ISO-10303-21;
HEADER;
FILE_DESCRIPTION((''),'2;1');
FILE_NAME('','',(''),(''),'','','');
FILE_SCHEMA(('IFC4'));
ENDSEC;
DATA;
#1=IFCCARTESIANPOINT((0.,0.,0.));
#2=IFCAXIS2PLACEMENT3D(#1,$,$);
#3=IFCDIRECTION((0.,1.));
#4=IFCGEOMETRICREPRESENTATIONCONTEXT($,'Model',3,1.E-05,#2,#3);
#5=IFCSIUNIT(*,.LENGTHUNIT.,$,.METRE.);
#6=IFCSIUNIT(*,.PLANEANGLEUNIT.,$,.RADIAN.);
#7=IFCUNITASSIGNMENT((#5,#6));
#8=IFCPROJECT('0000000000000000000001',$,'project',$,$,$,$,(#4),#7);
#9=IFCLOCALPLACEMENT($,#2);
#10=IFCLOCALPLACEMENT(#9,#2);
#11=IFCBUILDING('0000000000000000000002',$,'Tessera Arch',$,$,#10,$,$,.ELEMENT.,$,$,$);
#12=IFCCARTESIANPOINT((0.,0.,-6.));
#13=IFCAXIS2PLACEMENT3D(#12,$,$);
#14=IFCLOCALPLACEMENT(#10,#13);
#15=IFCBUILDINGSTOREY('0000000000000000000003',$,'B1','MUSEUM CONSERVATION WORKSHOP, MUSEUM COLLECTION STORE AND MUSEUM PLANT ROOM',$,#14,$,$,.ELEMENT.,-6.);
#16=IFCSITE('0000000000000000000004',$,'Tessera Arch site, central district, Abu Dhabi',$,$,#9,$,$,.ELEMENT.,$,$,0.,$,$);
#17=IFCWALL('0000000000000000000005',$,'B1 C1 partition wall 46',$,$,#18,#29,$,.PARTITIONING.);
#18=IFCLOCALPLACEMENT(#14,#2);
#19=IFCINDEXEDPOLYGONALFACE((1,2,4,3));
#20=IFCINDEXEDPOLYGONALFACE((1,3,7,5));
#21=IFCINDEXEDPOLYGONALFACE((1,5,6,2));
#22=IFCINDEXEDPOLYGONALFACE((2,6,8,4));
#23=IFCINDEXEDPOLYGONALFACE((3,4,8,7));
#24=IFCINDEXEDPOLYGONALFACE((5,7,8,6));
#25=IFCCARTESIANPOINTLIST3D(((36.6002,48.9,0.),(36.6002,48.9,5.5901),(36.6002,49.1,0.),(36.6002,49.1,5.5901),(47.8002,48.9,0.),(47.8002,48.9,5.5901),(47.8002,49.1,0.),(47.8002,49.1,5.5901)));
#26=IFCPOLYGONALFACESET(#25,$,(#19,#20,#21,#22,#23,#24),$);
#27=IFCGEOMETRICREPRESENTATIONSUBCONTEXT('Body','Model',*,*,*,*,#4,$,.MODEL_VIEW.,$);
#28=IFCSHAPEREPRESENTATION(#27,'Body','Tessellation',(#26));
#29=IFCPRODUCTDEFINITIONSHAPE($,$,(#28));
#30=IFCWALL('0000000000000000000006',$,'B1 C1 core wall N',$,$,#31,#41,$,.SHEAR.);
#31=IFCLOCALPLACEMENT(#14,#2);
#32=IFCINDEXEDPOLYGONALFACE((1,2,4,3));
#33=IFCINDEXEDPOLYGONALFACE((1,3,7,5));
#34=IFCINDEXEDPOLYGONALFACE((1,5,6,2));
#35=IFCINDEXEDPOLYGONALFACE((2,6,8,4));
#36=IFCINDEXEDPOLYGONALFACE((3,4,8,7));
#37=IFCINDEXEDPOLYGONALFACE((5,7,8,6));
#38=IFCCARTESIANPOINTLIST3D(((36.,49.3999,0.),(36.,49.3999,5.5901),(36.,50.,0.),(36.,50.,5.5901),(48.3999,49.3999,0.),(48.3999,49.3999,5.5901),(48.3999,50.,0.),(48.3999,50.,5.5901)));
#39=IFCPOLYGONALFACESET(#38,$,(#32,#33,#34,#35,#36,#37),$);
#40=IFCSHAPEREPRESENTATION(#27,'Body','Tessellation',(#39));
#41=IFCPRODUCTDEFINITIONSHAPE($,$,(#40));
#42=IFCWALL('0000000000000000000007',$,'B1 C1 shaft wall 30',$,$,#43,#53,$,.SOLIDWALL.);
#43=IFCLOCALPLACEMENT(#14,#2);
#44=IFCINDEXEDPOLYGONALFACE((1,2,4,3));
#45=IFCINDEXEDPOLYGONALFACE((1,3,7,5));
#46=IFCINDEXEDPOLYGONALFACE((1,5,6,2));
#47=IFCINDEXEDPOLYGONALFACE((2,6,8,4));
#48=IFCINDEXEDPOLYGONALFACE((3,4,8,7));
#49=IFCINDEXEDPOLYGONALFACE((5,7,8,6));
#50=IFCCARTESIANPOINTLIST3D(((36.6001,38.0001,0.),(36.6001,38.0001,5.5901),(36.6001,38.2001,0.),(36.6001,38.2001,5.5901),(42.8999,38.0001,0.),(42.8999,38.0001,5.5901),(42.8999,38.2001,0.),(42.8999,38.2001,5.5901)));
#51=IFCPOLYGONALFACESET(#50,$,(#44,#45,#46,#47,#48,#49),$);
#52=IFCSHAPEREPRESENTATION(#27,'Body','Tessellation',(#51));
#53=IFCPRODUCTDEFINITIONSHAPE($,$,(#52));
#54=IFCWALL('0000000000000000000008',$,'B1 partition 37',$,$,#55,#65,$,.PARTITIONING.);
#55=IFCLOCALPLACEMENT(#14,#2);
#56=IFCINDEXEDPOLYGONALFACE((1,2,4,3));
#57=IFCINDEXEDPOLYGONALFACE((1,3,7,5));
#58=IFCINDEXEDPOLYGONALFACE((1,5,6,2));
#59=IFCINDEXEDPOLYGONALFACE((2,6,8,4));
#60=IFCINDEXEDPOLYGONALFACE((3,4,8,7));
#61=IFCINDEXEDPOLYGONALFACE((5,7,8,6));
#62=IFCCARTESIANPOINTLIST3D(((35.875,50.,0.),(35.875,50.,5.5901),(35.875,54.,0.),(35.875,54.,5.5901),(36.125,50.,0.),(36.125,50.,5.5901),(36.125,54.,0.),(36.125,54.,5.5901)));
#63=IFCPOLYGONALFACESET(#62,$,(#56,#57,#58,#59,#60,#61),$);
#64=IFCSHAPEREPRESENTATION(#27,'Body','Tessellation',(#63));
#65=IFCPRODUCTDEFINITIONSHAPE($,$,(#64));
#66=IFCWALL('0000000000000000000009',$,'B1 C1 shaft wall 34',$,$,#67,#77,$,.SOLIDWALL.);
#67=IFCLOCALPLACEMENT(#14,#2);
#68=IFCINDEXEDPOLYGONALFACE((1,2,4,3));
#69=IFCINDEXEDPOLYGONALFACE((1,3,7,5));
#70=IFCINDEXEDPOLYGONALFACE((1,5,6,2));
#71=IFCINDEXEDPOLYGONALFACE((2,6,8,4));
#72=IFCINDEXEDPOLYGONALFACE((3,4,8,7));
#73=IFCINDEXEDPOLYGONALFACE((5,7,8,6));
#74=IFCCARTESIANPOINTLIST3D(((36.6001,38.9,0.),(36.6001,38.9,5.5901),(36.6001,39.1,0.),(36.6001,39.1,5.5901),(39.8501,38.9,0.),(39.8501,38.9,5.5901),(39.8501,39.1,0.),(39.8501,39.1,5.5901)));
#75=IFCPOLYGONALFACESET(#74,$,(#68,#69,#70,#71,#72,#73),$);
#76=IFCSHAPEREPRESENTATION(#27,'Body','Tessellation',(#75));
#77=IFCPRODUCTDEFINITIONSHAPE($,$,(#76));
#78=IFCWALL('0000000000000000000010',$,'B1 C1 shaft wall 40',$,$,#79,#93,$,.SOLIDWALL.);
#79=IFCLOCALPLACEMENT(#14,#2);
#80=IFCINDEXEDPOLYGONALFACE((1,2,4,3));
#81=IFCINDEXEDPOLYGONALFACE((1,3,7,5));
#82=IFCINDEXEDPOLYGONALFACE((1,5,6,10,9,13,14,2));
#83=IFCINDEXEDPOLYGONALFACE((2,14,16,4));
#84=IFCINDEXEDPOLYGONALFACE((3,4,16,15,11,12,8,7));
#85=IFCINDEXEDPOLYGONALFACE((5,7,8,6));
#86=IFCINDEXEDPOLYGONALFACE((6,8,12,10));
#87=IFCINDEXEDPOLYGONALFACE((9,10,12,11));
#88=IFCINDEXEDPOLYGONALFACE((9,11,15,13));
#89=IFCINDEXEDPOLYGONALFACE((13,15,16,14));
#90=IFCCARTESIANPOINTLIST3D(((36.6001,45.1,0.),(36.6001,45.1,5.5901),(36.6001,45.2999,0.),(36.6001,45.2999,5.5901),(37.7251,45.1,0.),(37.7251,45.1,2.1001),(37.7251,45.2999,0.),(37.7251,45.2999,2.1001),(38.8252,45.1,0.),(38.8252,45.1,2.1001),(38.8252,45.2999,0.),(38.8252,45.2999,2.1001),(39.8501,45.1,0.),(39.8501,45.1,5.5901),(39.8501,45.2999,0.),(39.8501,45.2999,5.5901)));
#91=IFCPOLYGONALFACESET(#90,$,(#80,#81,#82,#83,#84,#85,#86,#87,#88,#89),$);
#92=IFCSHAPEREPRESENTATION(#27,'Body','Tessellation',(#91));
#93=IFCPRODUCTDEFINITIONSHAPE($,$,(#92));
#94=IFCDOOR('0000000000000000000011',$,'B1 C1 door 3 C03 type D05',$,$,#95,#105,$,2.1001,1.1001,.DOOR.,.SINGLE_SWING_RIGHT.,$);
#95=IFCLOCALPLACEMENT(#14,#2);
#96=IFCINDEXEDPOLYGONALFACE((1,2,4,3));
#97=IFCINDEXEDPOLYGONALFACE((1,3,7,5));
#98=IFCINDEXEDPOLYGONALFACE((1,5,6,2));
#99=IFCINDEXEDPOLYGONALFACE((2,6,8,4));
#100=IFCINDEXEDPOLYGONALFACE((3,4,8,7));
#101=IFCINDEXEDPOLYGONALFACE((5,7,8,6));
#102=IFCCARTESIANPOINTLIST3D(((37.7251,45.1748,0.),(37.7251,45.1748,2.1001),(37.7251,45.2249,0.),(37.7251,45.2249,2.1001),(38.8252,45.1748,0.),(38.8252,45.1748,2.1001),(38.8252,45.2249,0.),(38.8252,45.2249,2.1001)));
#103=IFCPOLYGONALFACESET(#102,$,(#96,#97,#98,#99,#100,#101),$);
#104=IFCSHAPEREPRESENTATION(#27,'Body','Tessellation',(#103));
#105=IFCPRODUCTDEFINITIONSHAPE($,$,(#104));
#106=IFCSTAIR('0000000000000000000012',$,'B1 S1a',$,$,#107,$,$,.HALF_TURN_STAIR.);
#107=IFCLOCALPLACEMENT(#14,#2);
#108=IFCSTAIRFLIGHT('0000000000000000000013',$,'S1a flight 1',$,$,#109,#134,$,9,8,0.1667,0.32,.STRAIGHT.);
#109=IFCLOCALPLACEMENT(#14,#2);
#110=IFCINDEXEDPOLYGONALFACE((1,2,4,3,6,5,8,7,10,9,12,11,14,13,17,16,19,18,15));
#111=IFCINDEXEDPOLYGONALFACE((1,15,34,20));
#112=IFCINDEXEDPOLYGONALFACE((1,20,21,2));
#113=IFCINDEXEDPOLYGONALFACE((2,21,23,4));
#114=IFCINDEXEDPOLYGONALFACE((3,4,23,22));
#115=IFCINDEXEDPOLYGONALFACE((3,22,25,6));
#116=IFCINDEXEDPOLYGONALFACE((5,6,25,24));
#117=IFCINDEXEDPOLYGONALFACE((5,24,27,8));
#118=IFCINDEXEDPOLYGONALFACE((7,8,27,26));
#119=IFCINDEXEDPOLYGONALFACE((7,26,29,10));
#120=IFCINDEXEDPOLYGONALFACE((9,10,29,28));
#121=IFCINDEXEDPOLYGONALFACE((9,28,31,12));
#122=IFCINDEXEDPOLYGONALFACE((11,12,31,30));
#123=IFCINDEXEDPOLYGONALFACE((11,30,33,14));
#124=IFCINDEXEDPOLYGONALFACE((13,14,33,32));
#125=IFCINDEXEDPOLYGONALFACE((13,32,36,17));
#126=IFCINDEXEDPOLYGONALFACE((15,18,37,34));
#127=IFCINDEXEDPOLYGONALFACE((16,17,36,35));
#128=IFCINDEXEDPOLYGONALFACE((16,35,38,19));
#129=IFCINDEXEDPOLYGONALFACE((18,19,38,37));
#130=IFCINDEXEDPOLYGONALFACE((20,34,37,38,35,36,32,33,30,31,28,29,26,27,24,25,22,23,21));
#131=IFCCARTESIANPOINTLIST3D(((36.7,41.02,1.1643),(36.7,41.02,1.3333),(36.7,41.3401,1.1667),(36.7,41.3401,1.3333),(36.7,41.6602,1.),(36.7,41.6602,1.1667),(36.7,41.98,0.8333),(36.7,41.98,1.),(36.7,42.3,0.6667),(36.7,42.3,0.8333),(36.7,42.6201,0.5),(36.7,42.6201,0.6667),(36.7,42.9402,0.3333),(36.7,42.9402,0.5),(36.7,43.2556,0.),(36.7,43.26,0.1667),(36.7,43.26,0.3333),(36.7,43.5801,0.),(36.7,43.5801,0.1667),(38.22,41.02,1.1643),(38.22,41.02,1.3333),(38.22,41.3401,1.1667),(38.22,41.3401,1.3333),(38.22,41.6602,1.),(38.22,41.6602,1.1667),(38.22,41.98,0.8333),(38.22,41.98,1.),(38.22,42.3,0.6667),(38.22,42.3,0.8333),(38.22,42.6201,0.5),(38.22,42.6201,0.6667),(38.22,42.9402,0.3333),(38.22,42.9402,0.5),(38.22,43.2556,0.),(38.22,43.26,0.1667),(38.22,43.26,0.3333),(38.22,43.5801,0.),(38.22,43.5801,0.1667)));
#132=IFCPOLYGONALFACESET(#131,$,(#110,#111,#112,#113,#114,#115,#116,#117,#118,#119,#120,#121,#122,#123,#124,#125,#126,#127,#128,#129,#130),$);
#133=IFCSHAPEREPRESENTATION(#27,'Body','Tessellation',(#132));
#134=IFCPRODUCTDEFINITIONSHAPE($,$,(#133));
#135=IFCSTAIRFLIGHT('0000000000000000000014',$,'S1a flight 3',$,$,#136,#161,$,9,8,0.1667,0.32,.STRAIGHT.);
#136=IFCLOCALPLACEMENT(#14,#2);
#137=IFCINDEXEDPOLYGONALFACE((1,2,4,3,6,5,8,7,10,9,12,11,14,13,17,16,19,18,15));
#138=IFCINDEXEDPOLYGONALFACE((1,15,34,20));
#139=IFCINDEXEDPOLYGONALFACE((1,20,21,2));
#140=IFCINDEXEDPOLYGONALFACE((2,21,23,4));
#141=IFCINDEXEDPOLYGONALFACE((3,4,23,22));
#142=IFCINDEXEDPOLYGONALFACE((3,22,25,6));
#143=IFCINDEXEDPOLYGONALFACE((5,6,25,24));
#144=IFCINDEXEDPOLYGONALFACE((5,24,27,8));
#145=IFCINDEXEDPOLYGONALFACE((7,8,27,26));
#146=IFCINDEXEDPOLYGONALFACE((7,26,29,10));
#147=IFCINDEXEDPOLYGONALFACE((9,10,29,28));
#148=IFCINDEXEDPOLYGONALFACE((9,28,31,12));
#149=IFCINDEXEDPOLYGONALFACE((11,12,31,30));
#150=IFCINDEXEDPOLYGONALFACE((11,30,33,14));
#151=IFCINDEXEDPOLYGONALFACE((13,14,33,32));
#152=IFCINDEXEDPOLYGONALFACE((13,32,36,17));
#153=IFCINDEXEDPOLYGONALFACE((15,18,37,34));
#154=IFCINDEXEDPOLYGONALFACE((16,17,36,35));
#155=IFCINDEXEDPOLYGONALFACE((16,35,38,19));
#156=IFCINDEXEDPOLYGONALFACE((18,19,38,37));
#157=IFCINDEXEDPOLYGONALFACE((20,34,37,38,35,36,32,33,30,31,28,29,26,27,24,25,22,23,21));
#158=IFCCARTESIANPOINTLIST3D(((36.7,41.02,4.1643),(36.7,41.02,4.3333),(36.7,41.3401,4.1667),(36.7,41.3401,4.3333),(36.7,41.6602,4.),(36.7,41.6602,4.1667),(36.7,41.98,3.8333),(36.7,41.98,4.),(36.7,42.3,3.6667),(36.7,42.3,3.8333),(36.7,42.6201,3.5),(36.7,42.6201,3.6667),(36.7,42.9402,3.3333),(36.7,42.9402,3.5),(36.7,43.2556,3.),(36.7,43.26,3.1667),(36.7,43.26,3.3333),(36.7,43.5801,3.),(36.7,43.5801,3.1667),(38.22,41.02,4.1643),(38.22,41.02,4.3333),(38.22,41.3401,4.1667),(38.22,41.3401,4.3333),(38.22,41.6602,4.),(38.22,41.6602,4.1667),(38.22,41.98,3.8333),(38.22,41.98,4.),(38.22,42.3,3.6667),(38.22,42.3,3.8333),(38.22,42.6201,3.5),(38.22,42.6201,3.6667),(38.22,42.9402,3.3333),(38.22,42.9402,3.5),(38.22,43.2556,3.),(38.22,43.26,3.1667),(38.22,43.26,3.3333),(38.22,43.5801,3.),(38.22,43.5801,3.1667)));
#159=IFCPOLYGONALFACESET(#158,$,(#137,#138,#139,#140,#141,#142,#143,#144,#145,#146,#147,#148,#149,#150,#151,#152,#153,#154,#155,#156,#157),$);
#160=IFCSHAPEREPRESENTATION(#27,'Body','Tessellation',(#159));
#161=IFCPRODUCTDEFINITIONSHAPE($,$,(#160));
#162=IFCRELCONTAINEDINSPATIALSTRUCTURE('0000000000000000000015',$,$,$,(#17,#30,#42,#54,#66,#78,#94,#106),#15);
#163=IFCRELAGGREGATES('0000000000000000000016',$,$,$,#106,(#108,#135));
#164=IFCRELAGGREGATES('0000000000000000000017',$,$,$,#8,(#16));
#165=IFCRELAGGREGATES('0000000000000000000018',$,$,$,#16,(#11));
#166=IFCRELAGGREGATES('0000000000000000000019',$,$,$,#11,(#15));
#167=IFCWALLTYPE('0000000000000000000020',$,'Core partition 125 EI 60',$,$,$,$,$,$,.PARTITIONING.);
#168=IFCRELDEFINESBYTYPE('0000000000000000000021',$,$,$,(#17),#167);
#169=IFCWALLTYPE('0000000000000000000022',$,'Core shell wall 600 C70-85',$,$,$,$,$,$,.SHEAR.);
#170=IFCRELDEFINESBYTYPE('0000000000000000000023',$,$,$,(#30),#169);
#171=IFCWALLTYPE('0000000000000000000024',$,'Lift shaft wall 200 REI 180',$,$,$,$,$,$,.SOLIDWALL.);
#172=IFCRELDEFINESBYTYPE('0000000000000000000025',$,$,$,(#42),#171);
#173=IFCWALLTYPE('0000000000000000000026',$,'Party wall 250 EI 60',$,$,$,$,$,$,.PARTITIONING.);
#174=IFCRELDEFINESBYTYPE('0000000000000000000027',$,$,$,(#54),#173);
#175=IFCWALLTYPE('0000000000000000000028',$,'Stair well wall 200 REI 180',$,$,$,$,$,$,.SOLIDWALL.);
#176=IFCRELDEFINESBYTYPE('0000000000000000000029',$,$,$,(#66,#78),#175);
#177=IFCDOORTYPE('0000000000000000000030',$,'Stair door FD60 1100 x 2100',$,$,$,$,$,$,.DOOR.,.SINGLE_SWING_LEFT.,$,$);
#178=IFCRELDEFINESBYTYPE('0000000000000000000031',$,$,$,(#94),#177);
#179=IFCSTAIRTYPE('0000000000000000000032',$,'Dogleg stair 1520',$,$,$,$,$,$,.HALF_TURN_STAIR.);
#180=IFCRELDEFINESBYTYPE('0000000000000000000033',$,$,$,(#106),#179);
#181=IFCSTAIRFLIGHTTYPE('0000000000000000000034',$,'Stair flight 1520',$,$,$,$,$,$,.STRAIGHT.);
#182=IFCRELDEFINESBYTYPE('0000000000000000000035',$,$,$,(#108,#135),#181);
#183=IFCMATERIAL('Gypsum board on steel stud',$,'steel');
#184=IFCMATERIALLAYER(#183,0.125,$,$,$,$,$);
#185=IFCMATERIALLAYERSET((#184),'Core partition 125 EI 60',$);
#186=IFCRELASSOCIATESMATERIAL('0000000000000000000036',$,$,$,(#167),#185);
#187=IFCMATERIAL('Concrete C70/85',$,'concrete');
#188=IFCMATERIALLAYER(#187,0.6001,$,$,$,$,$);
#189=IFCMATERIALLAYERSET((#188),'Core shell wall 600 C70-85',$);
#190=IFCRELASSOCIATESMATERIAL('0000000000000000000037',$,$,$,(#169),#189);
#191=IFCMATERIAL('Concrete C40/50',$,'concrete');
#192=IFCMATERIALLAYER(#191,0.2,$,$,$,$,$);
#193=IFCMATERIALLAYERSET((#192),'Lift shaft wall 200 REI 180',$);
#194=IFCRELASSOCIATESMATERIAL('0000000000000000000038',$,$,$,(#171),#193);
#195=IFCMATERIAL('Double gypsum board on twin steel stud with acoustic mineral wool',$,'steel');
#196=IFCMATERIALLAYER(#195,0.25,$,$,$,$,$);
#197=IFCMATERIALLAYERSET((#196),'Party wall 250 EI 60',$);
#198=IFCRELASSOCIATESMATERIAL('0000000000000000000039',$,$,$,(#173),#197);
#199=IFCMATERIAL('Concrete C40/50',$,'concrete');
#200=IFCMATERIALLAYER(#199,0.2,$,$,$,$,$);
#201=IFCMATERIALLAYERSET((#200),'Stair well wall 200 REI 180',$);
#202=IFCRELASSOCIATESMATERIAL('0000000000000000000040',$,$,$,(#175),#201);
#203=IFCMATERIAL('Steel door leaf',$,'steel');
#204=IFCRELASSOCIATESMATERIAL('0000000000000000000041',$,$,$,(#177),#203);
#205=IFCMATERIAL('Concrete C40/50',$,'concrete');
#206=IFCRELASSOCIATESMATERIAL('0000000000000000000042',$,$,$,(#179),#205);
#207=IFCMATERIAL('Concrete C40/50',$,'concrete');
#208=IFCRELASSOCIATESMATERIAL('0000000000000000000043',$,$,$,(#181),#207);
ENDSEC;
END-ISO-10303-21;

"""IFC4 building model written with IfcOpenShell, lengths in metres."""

from ifc_helpers import new_model, si_unit, direction, frame, frame_2d, origin, place, context, subcontext, project, spatial, polyline, rectangle, outline, extrude, material, layer, layer_set, type_object, element, fill, aggregate, save


model = new_model("IFC4")

# Units and contexts
model_context = context("Model", 3, precision=1e-05, world=origin(), true_north=direction((0.0, 1.0)))
body_context = subcontext(model_context, "Body", "Model", "MODEL_VIEW")
ifc_project = project(units=[si_unit("LENGTHUNIT", "METRE"), si_unit("PLANEANGLEUNIT", "RADIAN")], contexts=[model_context])

# Site, building, storey
site_placement = place(None, origin())
site = spatial("IfcSite", under=ifc_project, at=site_placement, Name="Tessera Arch site, central district, Abu Dhabi", CompositionType="ELEMENT", RefElevation=0.0)
building_placement = place(site_placement, origin())
building = spatial("IfcBuilding", under=site, at=building_placement, Name="Tessera Arch", CompositionType="ELEMENT")
storey_placement = place(building_placement, frame((0.0, 0.0, -6.0)))
storey = spatial("IfcBuildingStorey", under=building, at=storey_placement, Name="B1", Description="MUSEUM CONSERVATION WORKSHOP, MUSEUM COLLECTION STORE AND MUSEUM PLANT ROOM", CompositionType="ELEMENT", Elevation=-6.0)

# Shared definitions
ifc_material_1 = material(Name="Gypsum board on steel stud", Category="steel")
ifc_layer_1 = layer(ifc_material_1, 0.125)
ifc_layer_set_1 = layer_set([ifc_layer_1], Name="Core partition 125 EI 60")
wall_type_1 = type_object("IfcWallType", Name="Core partition 125 EI 60", PredefinedType="PARTITIONING", material=ifc_layer_set_1)

# Walls
wall_1_placement = place(storey_placement, frame((36.6001, 49.0, 0.0), z_axis=(0.0, 0.0, 1.0), x_axis=(1.0, 0.0, 0.0)))
element("IfcWall", 1, at=wall_1_placement, inside=storey, type_object=wall_type_1, Name="B1 C1 partition wall 46", PredefinedType="PARTITIONING", context=body_context, shape_type="SweptSolid", body=[
    extrude(rectangle(XDim=11.2, YDim=0.2, at=frame_2d((5.6001, 0.0))), origin(), (0.0, 0.0, 1.0), 5.5901),
])
ifc_material_2 = material(Name="Concrete C70/85", Category="concrete")
ifc_layer_2 = layer(ifc_material_2, 0.6001)
ifc_layer_set_2 = layer_set([ifc_layer_2], Name="Core shell wall 600 C70-85")
wall_type_2 = type_object("IfcWallType", Name="Core shell wall 600 C70-85", PredefinedType="SHEAR", material=ifc_layer_set_2)
wall_2_placement = place(storey_placement, frame((36.0, 49.7, 0.0), z_axis=(0.0, 0.0, 1.0), x_axis=(1.0, 0.0, 0.0)))
element("IfcWall", 2, at=wall_2_placement, inside=storey, type_object=wall_type_2, Name="B1 C1 core wall N", PredefinedType="SHEAR", context=body_context, shape_type="SweptSolid", body=[
    extrude(rectangle(XDim=12.3999, YDim=0.6001, at=frame_2d((6.2, 0.0))), origin(), (0.0, 0.0, 1.0), 5.5901),
])
ifc_material_3 = material(Name="Concrete C40/50", Category="concrete")
ifc_layer_3 = layer(ifc_material_3, 0.2)
ifc_layer_set_3 = layer_set([ifc_layer_3], Name="Lift shaft wall 200 REI 180")
wall_type_3 = type_object("IfcWallType", Name="Lift shaft wall 200 REI 180", PredefinedType="SOLIDWALL", material=ifc_layer_set_3)
wall_3_placement = place(storey_placement, frame((36.6001, 38.1001, 0.0), z_axis=(0.0, 0.0, 1.0), x_axis=(1.0, 0.0, 0.0)))
element("IfcWall", 3, at=wall_3_placement, inside=storey, type_object=wall_type_3, Name="B1 C1 shaft wall 30", PredefinedType="SOLIDWALL", context=body_context, shape_type="SweptSolid", body=[
    extrude(rectangle(XDim=6.2998, YDim=0.2, at=frame_2d((3.1499, 0.0))), origin(), (0.0, 0.0, 1.0), 5.5901),
])
ifc_material_4 = material(Name="Double gypsum board on twin steel stud with acoustic mineral wool", Category="steel")
ifc_layer_4 = layer(ifc_material_4, 0.25)
ifc_layer_set_4 = layer_set([ifc_layer_4], Name="Party wall 250 EI 60")
wall_type_4 = type_object("IfcWallType", Name="Party wall 250 EI 60", PredefinedType="PARTITIONING", material=ifc_layer_set_4)
wall_4_placement = place(storey_placement, frame((36.0, 50.0, 0.0), z_axis=(0.0, 0.0, 1.0), x_axis=(0.0, 1.0, 0.0)))
element("IfcWall", 4, at=wall_4_placement, inside=storey, type_object=wall_type_4, Name="B1 partition 37", PredefinedType="PARTITIONING", context=body_context, shape_type="SweptSolid", body=[
    extrude(rectangle(XDim=4.0, YDim=0.25, at=frame_2d((2.0, 0.0))), origin(), (0.0, 0.0, 1.0), 5.5901),
])
ifc_material_5 = material(Name="Concrete C40/50", Category="concrete")
ifc_layer_5 = layer(ifc_material_5, 0.2)
ifc_layer_set_5 = layer_set([ifc_layer_5], Name="Stair well wall 200 REI 180")
wall_type_5 = type_object("IfcWallType", Name="Stair well wall 200 REI 180", PredefinedType="SOLIDWALL", material=ifc_layer_set_5)
wall_5_placement = place(storey_placement, frame((36.6001, 39.0, 0.0), z_axis=(0.0, 0.0, 1.0), x_axis=(1.0, 0.0, 0.0)))
element("IfcWall", 5, at=wall_5_placement, inside=storey, type_object=wall_type_5, Name="B1 C1 shaft wall 34", PredefinedType="SOLIDWALL", context=body_context, shape_type="SweptSolid", body=[
    extrude(rectangle(XDim=3.25, YDim=0.2, at=frame_2d((1.625, 0.0))), origin(), (0.0, 0.0, 1.0), 5.5901),
])

# Wall, opening, door
wall_6_placement = place(storey_placement, frame((36.6001, 45.2, 0.0), z_axis=(0.0, 0.0, 1.0), x_axis=(1.0, 0.0, 0.0)))
wall_6 = element("IfcWall", 6, at=wall_6_placement, inside=storey, type_object=wall_type_5, Name="B1 C1 shaft wall 40", PredefinedType="SOLIDWALL", context=body_context, shape_type="SweptSolid", body=[
    extrude(rectangle(XDim=3.25, YDim=0.2, at=frame_2d((1.625, 0.0))), origin(), (0.0, 0.0, 1.0), 5.5901),
])
opening_1_placement = place(wall_6_placement, frame((1.125, 0.0, 0.0)))
opening_1 = element("IfcOpeningElement", 7, at=opening_1_placement, cuts=wall_6, PredefinedType="OPENING", context=body_context, shape_type="SweptSolid", body=[
    extrude(rectangle(XDim=1.1001, YDim=2.1001, at=frame_2d((0.55, 1.05))), frame((0.0, 0.1099, 0.0), z_axis=(0.0, -1.0, 0.0), x_axis=(1.0, 0.0, 0.0)), (0.0, 0.0, 1.0), 0.22),
])
ifc_material_6 = material(Name="Steel door leaf", Category="steel")
door_type_1 = type_object("IfcDoorType", Name="Stair door FD60 1100 x 2100", OperationType="SINGLE_SWING_LEFT", PredefinedType="DOOR", material=ifc_material_6)
door_1_placement = place(opening_1_placement, origin())
door_1 = element("IfcDoor", 8, at=door_1_placement, inside=storey, type_object=door_type_1, Name="B1 C1 door 3 C03 type D05", OperationType="SINGLE_SWING_RIGHT", OverallHeight=2.1001, OverallWidth=1.1001, PredefinedType="DOOR", context=body_context, shape_type="SweptSolid", body=[
    extrude(rectangle(XDim=1.1001, YDim=2.1001, at=frame_2d((0.55, 1.05))), frame((0.0, 0.0249, 0.0), z_axis=(0.0, -1.0, 0.0), x_axis=(1.0, 0.0, 0.0)), (0.0, 0.0, 1.0), 0.05),
])
fill(opening_1, door_1)

# Stair, stair flights
ifc_material_7 = material(Name="Concrete C40/50", Category="concrete")
stair_type = type_object("IfcStairType", Name="Dogleg stair 1520", PredefinedType="HALF_TURN_STAIR", material=ifc_material_7)
stair_placement = place(storey_placement, origin())
stair = element("IfcStair", 9, at=stair_placement, inside=storey, type_object=stair_type, Name="B1 S1a", PredefinedType="HALF_TURN_STAIR")
ifc_material_8 = material(Name="Concrete C40/50", Category="concrete")
stair_flight_type = type_object("IfcStairFlightType", Name="Stair flight 1520", PredefinedType="STRAIGHT", material=ifc_material_8)
stair_flight_1_placement = place(storey_placement, frame((37.46, 43.5801, 0.0), z_axis=(0.0, 0.0, 1.0), x_axis=(0.0, -1.0, 0.0)))
stair_flight_1 = element("IfcStairFlight", 10, at=stair_flight_1_placement, type_object=stair_flight_type, Name="S1a flight 1", NumberOfRisers=9, NumberOfTreads=8, PredefinedType="STRAIGHT", RiserHeight=0.1667, TreadLength=0.32, context=body_context, shape_type="SweptSolid", body=[
    extrude(outline(polyline([(0.0, 0.0), (0.0, 0.1667), (0.3201, 0.1667), (0.3201, 0.3333), (0.6399, 0.3333), (0.6399, 0.5), (0.96, 0.5), (0.96, 0.6667), (1.28, 0.6667), (1.28, 0.8333), (1.6001, 0.8333), (1.6001, 1.0), (1.9199, 1.0), (1.9199, 1.1667), (2.24, 1.1667), (2.24, 1.3333), (2.5601, 1.3333), (2.5601, 1.5), (2.5601, 1.1643), (0.3245, 0.0), (0.0, 0.0)])), frame((0.0, 0.76, 0.0), z_axis=(0.0, -1.0, 0.0), x_axis=(1.0, 0.0, 0.0)), (0.0, 0.0, 1.0), 1.52),
])
stair_flight_2_placement = place(storey_placement, frame((37.46, 43.5801, 3.0), z_axis=(0.0, 0.0, 1.0), x_axis=(0.0, -1.0, 0.0)))
stair_flight_2 = element("IfcStairFlight", 11, at=stair_flight_2_placement, type_object=stair_flight_type, Name="S1a flight 3", NumberOfRisers=9, NumberOfTreads=8, PredefinedType="STRAIGHT", RiserHeight=0.1667, TreadLength=0.32, context=body_context, shape_type="SweptSolid", body=[
    extrude(outline(polyline([(0.0, 0.0), (0.0, 0.1667), (0.3201, 0.1667), (0.3201, 0.3333), (0.6399, 0.3333), (0.6399, 0.5), (0.96, 0.5), (0.96, 0.6667), (1.28, 0.6667), (1.28, 0.8333), (1.6001, 0.8333), (1.6001, 1.0), (1.9199, 1.0), (1.9199, 1.1667), (2.24, 1.1667), (2.24, 1.3333), (2.5601, 1.3333), (2.5601, 1.5), (2.5601, 1.1643), (0.3245, 0.0), (0.0, 0.0)])), frame((0.0, 0.76, 0.0), z_axis=(0.0, -1.0, 0.0), x_axis=(1.0, 0.0, 0.0)), (0.0, 0.0, 1.0), 1.52),
])
aggregate(stair, [stair_flight_1, stair_flight_2])

save(model, "model.ifc")
